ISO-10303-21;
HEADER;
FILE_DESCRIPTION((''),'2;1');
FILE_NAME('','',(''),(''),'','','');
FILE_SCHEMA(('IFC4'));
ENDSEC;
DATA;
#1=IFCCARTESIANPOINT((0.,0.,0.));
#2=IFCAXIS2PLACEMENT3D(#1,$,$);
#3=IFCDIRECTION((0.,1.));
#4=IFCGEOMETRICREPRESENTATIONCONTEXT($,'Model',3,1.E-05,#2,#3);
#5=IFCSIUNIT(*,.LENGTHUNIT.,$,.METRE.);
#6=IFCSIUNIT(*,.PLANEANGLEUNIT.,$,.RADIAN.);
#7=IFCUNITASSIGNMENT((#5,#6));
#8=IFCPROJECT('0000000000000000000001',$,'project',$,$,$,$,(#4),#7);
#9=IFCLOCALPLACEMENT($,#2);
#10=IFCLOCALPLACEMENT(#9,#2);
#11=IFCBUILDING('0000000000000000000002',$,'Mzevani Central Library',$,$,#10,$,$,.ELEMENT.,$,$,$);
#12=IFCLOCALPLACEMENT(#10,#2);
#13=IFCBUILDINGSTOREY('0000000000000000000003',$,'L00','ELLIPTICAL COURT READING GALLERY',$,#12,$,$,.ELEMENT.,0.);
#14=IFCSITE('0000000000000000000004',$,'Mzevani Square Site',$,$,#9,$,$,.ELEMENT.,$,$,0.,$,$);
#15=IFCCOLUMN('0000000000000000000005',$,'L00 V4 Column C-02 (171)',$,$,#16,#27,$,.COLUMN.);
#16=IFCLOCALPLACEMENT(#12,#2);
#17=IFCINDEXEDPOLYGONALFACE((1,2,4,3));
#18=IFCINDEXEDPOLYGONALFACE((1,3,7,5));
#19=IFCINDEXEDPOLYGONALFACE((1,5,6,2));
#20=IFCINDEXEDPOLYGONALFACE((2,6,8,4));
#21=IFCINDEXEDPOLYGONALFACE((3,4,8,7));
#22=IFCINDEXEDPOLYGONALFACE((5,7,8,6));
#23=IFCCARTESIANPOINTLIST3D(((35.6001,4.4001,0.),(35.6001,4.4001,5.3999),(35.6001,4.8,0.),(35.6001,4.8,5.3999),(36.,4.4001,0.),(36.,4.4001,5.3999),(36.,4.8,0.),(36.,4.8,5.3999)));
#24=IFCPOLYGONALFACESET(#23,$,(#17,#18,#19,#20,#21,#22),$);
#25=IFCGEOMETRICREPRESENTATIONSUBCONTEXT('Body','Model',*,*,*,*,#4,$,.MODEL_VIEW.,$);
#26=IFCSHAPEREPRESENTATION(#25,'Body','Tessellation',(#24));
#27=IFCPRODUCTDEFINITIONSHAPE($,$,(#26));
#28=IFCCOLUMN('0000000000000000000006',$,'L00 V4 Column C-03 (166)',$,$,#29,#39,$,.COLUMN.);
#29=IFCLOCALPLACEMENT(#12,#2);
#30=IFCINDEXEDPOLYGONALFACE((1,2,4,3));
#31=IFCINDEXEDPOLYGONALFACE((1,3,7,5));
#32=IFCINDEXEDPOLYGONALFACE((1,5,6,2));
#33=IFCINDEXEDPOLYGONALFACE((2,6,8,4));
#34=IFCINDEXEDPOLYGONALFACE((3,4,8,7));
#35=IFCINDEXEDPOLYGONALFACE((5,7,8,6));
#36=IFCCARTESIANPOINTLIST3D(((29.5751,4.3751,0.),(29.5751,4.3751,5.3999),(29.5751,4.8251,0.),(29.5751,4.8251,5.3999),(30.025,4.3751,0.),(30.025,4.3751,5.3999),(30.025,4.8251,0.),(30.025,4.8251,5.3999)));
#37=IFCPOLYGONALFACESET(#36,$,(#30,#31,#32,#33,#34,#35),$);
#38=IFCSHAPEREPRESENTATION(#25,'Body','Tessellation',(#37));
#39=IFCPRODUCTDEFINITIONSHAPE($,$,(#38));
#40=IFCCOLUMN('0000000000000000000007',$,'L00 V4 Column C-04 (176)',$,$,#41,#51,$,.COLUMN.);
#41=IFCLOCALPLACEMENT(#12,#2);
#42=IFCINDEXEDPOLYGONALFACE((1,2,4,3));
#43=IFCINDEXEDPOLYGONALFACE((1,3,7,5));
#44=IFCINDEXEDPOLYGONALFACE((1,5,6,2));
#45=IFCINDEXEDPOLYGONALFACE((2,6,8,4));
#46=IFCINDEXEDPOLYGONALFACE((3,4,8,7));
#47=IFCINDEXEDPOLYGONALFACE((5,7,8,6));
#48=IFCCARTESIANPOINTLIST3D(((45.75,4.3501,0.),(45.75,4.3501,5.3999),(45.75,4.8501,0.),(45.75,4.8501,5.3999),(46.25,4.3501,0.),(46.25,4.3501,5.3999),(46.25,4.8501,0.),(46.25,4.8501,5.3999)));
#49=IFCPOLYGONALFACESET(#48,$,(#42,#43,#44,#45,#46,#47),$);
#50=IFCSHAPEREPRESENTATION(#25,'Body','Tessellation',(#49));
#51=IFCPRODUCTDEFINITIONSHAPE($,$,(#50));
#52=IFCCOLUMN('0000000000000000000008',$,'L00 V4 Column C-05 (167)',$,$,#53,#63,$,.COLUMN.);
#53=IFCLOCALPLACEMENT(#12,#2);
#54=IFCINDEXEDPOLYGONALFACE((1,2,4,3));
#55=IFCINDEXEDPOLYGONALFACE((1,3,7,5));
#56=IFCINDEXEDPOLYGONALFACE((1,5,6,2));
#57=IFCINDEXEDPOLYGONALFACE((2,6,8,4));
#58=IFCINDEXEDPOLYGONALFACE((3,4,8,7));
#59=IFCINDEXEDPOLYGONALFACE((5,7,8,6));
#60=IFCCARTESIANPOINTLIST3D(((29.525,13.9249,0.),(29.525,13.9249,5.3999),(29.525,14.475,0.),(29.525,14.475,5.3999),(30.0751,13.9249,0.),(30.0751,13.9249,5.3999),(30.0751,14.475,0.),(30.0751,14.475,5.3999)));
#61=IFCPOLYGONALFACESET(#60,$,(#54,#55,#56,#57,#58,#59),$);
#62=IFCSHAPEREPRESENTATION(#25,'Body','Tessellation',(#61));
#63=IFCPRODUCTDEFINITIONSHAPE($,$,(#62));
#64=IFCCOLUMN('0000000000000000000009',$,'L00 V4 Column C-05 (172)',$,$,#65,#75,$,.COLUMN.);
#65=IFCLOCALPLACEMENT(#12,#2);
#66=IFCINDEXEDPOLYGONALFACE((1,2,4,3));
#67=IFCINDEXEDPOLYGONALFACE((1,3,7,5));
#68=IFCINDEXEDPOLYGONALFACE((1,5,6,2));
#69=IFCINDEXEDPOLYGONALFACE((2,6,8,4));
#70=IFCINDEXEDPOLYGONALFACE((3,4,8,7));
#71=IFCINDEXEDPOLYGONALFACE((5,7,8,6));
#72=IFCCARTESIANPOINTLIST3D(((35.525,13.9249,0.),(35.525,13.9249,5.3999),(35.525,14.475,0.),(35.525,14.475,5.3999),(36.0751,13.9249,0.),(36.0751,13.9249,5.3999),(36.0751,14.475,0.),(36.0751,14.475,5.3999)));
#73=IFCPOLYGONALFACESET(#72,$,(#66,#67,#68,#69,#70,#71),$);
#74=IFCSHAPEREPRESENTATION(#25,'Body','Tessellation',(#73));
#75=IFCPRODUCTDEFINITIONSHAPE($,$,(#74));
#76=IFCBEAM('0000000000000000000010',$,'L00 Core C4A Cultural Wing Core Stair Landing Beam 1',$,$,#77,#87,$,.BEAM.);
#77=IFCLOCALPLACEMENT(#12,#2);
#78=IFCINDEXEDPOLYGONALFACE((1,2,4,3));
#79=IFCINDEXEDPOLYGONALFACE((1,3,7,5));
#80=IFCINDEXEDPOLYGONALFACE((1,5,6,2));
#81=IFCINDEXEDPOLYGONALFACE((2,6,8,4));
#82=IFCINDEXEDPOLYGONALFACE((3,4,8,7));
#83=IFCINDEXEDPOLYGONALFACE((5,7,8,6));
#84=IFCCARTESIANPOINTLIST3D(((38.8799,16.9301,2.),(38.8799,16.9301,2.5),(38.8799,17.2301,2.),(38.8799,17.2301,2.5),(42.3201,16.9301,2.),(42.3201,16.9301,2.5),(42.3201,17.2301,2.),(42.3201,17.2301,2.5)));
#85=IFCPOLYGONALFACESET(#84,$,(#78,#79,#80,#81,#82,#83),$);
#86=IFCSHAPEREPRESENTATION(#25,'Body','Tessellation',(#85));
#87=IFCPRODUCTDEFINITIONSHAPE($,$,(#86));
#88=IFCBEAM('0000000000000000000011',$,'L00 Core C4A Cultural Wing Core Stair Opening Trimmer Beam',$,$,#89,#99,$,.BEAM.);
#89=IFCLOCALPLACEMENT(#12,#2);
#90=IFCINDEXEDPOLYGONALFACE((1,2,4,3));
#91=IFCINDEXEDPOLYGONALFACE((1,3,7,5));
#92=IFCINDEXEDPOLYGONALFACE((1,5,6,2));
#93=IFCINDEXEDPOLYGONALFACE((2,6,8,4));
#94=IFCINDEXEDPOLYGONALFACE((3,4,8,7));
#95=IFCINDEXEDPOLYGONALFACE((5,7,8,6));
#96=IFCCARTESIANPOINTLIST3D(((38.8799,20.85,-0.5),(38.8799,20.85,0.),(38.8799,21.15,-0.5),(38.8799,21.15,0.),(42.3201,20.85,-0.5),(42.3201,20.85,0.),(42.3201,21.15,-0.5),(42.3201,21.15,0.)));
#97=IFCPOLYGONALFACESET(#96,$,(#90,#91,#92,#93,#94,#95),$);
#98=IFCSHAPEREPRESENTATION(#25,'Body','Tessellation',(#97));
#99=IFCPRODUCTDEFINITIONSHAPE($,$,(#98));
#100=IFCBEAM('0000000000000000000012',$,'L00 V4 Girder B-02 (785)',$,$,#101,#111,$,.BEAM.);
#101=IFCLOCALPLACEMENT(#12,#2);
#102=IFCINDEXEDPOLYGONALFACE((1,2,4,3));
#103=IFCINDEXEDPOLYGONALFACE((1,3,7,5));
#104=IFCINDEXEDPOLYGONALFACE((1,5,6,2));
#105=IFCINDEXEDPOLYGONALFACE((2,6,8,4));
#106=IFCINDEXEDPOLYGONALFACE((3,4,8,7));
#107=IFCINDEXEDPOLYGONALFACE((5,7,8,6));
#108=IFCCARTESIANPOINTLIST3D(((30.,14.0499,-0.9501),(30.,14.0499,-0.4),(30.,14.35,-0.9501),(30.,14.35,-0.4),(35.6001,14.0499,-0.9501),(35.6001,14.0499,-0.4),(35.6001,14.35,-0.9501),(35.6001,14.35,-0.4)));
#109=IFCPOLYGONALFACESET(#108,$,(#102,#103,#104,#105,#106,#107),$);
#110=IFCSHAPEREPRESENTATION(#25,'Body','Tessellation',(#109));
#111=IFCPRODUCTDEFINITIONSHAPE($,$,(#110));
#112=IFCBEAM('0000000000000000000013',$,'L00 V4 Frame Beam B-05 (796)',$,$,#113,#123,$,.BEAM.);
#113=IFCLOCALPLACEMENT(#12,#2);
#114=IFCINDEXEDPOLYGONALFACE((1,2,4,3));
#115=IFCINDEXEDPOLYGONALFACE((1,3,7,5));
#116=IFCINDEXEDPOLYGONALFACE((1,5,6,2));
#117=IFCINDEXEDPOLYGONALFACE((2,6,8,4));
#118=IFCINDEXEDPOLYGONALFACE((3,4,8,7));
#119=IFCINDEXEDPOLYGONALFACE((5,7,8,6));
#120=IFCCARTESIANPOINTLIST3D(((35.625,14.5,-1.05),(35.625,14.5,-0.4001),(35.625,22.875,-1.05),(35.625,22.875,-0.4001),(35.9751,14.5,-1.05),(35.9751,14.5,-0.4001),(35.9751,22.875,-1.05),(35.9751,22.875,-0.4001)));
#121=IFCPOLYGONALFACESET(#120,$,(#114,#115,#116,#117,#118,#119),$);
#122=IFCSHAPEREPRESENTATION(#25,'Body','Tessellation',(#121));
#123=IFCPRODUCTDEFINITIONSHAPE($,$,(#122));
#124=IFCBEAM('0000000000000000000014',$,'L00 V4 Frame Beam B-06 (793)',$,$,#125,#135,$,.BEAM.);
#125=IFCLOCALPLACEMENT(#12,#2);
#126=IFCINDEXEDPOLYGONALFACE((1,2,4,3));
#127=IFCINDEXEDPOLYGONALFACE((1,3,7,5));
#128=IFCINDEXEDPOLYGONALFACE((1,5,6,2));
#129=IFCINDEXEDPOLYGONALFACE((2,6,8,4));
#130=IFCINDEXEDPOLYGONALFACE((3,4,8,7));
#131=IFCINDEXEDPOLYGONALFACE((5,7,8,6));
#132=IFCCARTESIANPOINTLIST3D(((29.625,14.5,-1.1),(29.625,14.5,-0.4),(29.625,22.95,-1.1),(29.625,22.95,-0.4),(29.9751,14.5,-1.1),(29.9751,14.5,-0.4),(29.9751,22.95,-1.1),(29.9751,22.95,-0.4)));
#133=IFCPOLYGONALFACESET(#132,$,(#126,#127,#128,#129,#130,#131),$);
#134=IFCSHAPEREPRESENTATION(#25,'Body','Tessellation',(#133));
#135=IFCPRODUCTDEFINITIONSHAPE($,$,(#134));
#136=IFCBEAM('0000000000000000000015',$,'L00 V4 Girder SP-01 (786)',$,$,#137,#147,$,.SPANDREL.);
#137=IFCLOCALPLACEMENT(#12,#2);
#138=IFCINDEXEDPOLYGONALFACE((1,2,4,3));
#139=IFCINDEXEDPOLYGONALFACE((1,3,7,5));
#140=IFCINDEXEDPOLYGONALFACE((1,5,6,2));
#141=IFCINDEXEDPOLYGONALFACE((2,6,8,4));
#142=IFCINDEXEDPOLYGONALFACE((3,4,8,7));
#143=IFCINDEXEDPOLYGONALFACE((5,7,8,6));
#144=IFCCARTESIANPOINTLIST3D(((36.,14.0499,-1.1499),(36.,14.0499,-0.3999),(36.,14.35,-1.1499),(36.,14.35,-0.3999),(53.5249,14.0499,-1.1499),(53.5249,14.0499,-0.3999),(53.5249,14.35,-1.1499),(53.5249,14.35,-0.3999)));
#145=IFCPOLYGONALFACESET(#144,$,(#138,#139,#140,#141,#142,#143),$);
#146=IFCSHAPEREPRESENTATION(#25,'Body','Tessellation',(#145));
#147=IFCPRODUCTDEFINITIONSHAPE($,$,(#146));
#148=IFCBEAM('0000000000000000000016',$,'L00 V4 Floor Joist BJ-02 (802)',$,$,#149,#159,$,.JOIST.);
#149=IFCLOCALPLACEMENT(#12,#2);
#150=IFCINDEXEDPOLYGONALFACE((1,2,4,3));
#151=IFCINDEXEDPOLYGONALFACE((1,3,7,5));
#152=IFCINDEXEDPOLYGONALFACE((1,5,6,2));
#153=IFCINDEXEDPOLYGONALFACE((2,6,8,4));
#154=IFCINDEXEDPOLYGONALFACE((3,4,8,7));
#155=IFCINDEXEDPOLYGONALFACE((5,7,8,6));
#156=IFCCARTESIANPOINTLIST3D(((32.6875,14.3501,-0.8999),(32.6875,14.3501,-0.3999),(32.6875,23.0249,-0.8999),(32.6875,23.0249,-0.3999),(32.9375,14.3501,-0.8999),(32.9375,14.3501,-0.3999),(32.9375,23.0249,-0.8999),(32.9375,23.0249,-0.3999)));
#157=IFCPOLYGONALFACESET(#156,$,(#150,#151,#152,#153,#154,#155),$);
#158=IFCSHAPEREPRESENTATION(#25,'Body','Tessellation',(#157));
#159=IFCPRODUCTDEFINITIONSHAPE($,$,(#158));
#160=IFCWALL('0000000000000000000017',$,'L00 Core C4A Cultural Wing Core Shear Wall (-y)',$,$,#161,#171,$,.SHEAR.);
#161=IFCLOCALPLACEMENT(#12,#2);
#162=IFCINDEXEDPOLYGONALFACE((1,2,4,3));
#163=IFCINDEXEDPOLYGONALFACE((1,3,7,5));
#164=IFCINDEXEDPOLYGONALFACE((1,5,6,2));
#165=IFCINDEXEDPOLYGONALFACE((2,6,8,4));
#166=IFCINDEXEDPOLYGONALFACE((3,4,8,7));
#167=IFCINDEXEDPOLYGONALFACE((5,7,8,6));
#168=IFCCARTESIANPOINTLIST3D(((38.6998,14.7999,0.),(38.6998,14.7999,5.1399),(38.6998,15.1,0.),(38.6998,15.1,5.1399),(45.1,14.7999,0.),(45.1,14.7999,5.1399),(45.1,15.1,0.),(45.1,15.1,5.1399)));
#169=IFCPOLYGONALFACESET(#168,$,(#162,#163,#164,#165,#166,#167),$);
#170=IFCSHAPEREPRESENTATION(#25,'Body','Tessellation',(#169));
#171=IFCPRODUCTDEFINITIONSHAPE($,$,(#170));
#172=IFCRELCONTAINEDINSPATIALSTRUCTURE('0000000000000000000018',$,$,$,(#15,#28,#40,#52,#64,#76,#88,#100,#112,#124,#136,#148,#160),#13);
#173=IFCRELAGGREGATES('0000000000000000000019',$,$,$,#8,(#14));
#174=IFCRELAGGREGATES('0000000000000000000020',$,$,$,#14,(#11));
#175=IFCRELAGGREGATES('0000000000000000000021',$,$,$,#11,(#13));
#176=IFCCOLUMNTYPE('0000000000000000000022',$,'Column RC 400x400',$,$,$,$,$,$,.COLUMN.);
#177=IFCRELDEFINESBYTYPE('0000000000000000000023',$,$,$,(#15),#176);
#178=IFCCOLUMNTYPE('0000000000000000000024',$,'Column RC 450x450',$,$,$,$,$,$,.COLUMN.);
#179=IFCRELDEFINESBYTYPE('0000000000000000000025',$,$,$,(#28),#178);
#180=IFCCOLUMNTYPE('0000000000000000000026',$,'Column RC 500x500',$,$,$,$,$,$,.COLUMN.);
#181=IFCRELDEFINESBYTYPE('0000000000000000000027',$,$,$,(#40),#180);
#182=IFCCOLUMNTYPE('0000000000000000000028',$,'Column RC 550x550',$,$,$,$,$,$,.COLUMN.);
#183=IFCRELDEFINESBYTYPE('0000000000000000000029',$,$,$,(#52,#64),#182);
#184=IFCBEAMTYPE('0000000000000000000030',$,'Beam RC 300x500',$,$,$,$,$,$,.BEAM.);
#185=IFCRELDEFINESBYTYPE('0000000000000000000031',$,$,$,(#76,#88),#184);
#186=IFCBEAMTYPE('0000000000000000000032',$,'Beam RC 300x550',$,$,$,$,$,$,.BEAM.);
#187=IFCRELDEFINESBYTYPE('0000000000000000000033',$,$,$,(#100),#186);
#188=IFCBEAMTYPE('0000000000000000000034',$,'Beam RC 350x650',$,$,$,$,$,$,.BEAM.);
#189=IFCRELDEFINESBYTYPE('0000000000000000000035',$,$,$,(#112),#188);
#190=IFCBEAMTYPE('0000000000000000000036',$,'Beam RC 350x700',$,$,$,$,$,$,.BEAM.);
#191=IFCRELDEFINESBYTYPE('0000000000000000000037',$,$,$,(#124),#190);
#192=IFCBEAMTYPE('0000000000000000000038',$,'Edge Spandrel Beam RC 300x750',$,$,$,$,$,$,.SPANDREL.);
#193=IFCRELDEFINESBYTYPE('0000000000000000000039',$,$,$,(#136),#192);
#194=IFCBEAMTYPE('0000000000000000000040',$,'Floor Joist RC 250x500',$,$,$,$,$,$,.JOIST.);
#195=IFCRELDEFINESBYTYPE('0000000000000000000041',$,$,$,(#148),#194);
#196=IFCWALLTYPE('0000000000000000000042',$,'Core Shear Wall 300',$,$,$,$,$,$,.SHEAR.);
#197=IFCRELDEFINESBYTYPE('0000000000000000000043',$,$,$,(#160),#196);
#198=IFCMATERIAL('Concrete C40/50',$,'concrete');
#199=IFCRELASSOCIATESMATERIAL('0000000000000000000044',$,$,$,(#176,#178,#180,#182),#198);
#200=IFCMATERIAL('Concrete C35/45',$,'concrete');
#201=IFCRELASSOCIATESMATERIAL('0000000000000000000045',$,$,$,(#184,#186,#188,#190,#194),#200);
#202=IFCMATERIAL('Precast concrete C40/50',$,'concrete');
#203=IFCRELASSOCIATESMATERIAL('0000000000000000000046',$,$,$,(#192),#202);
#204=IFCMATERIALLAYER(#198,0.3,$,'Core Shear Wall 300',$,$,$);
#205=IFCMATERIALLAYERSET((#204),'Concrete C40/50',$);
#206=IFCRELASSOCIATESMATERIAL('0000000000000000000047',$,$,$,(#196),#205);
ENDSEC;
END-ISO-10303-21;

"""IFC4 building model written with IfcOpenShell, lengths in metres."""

from ifc_helpers import new_model, si_unit, direction, frame, frame_2d, origin, origin_2d, place, context, subcontext, project, spatial, rectangle, extrude, material, layer, layer_set, material_profile, profile_set, type_object, element, save


model = new_model("IFC4")

# Units and contexts
model_context = context("Model", 3, precision=1e-05, world=origin(), true_north=direction((0.0, 1.0)))
body_context = subcontext(model_context, "Body", "Model", "MODEL_VIEW")
ifc_project = project(units=[si_unit("LENGTHUNIT", "METRE"), si_unit("PLANEANGLEUNIT", "RADIAN")], contexts=[model_context])

# Site, building, storey
site_placement = place(None, origin())
site = spatial("IfcSite", under=ifc_project, at=site_placement, Name="Mzevani Square Site", CompositionType="ELEMENT", RefElevation=0.0)
building_placement = place(site_placement, origin())
building = spatial("IfcBuilding", under=site, at=building_placement, Name="Mzevani Central Library", CompositionType="ELEMENT")
storey_placement = place(building_placement, origin())
storey = spatial("IfcBuildingStorey", under=building, at=storey_placement, Name="L00", Description="ELLIPTICAL COURT READING GALLERY", CompositionType="ELEMENT", Elevation=0.0)

# Columns
ifc_material_1 = material(Name="Concrete C40/50", Category="concrete")
ifc_material_profile_1 = material_profile(ifc_material_1, rectangle(XDim=0.3999, YDim=0.3999, at=origin_2d()), Name="RC 400x400")
ifc_profile_set_1 = profile_set([ifc_material_profile_1], Name="Concrete C40/50")
column_type_1 = type_object("IfcColumnType", Name="Column RC 400x400", PredefinedType="COLUMN", material=ifc_profile_set_1)
column_1_placement = place(storey_placement, frame((35.8, 4.6001, 0.0), z_axis=(0.0, 0.0, 1.0), x_axis=(1.0, 0.0, 0.0)))
element("IfcColumn", 1, at=column_1_placement, inside=storey, type_object=column_type_1, Name="L00 V4 Column C-02 (171)", PredefinedType="COLUMN", context=body_context, shape_type="SweptSolid", body=[
    extrude(rectangle(XDim=0.3999, YDim=0.3999, at=origin_2d()), origin(), (0.0, 0.0, 1.0), 5.3999),
])
ifc_material_profile_2 = material_profile(ifc_material_1, rectangle(XDim=0.45, YDim=0.45, at=origin_2d()), Name="RC 450x450")
ifc_profile_set_2 = profile_set([ifc_material_profile_2], Name="Concrete C40/50")
column_type_2 = type_object("IfcColumnType", Name="Column RC 450x450", PredefinedType="COLUMN", material=ifc_profile_set_2)
column_2_placement = place(storey_placement, frame((29.8, 4.6001, 0.0), z_axis=(0.0, 0.0, 1.0), x_axis=(1.0, 0.0, 0.0)))
element("IfcColumn", 2, at=column_2_placement, inside=storey, type_object=column_type_2, Name="L00 V4 Column C-03 (166)", PredefinedType="COLUMN", context=body_context, shape_type="SweptSolid", body=[
    extrude(rectangle(XDim=0.45, YDim=0.45, at=origin_2d()), origin(), (0.0, 0.0, 1.0), 5.3999),
])
ifc_material_profile_3 = material_profile(ifc_material_1, rectangle(XDim=0.5, YDim=0.5, at=origin_2d()), Name="RC 500x500")
ifc_profile_set_3 = profile_set([ifc_material_profile_3], Name="Concrete C40/50")
column_type_3 = type_object("IfcColumnType", Name="Column RC 500x500", PredefinedType="COLUMN", material=ifc_profile_set_3)
column_3_placement = place(storey_placement, frame((46.0, 4.6001, 0.0), z_axis=(0.0, 0.0, 1.0), x_axis=(1.0, 0.0, 0.0)))
element("IfcColumn", 3, at=column_3_placement, inside=storey, type_object=column_type_3, Name="L00 V4 Column C-04 (176)", PredefinedType="COLUMN", context=body_context, shape_type="SweptSolid", body=[
    extrude(rectangle(XDim=0.5, YDim=0.5, at=origin_2d()), origin(), (0.0, 0.0, 1.0), 5.3999),
])
ifc_material_profile_4 = material_profile(ifc_material_1, rectangle(XDim=0.55, YDim=0.55, at=origin_2d()), Name="RC 550x550")
ifc_profile_set_4 = profile_set([ifc_material_profile_4], Name="Concrete C40/50")
column_type_4 = type_object("IfcColumnType", Name="Column RC 550x550", PredefinedType="COLUMN", material=ifc_profile_set_4)
for number, where, z_axis, x_axis, name in (
    (4, (29.8, 14.2, 0.0), (0.0, 0.0, 1.0), (1.0, 0.0, 0.0), "L00 V4 Column C-05 (167)"),
    (5, (35.8, 14.2, 0.0), (0.0, 0.0, 1.0), (1.0, 0.0, 0.0), "L00 V4 Column C-05 (172)"),
):
    element("IfcColumn", number, at=place(storey_placement, frame(where, z_axis=z_axis, x_axis=x_axis)), inside=storey, type_object=column_type_4, Name=name, PredefinedType="COLUMN", context=body_context, shape_type="SweptSolid", body=[
        extrude(rectangle(XDim=0.55, YDim=0.55, at=origin_2d()), origin(), (0.0, 0.0, 1.0), 5.3999),
    ])

# Beams
ifc_material_2 = material(Name="Concrete C35/45", Category="concrete")
ifc_material_profile_5 = material_profile(ifc_material_2, rectangle(XDim=0.3, YDim=0.5, at=origin_2d()), Name="RC B300x500")
ifc_profile_set_5 = profile_set([ifc_material_profile_5], Name="Concrete C35/45")
beam_type_1 = type_object("IfcBeamType", Name="Beam RC 300x500", PredefinedType="BEAM", material=ifc_profile_set_5)
for number, where, z_axis, x_axis, name in (
    (6, (38.8799, 17.0801, 2.25), (1.0, 0.0, 0.0), (0.0, 1.0, 0.0), "L00 Core C4A Cultural Wing Core Stair Landing Beam 1"),
    (7, (38.8799, 21.0, -0.25), (1.0, 0.0, 0.0), (0.0, 1.0, 0.0), "L00 Core C4A Cultural Wing Core Stair Opening Trimmer Beam"),
):
    element("IfcBeam", number, at=place(storey_placement, frame(where, z_axis=z_axis, x_axis=x_axis)), inside=storey, type_object=beam_type_1, Name=name, PredefinedType="BEAM", context=body_context, shape_type="SweptSolid", body=[
        extrude(rectangle(XDim=0.3, YDim=0.5, at=origin_2d()), origin(), (0.0, 0.0, 1.0), 3.4402),
    ])
ifc_material_profile_6 = material_profile(ifc_material_2, rectangle(XDim=0.3, YDim=0.55, at=origin_2d()), Name="RC B300x550")
ifc_profile_set_6 = profile_set([ifc_material_profile_6], Name="Concrete C35/45")
beam_type_2 = type_object("IfcBeamType", Name="Beam RC 300x550", PredefinedType="BEAM", material=ifc_profile_set_6)
beam_1_placement = place(storey_placement, frame((30.0, 14.2, -0.675), z_axis=(1.0, 0.0, 0.0), x_axis=(0.0, 1.0, 0.0)))
element("IfcBeam", 8, at=beam_1_placement, inside=storey, type_object=beam_type_2, Name="L00 V4 Girder B-02 (785)", PredefinedType="BEAM", context=body_context, shape_type="SweptSolid", body=[
    extrude(rectangle(XDim=0.3, YDim=0.55, at=origin_2d()), origin(), (0.0, 0.0, 1.0), 5.6001),
])
ifc_material_profile_7 = material_profile(ifc_material_2, rectangle(XDim=0.3501, YDim=0.6499, at=origin_2d()), Name="RC B350x650")
ifc_profile_set_7 = profile_set([ifc_material_profile_7], Name="Concrete C35/45")
beam_type_3 = type_object("IfcBeamType", Name="Beam RC 350x650", PredefinedType="BEAM", material=ifc_profile_set_7)
beam_2_placement = place(storey_placement, frame((35.8, 14.5, -0.7251), z_axis=(0.0, 1.0, 0.0), x_axis=(-1.0, 0.0, 0.0)))
element("IfcBeam", 9, at=beam_2_placement, inside=storey, type_object=beam_type_3, Name="L00 V4 Frame Beam B-05 (796)", PredefinedType="BEAM", context=body_context, shape_type="SweptSolid", body=[
    extrude(rectangle(XDim=0.3501, YDim=0.6499, at=origin_2d()), origin(), (0.0, 0.0, 1.0), 8.375),
])
ifc_material_profile_8 = material_profile(ifc_material_2, rectangle(XDim=0.3501, YDim=0.7, at=origin_2d()), Name="RC B350x700")
ifc_profile_set_8 = profile_set([ifc_material_profile_8], Name="Concrete C35/45")
beam_type_4 = type_object("IfcBeamType", Name="Beam RC 350x700", PredefinedType="BEAM", material=ifc_profile_set_8)
beam_3_placement = place(storey_placement, frame((29.8, 14.5, -0.75), z_axis=(0.0, 1.0, 0.0), x_axis=(-1.0, 0.0, 0.0)))
element("IfcBeam", 10, at=beam_3_placement, inside=storey, type_object=beam_type_4, Name="L00 V4 Frame Beam B-06 (793)", PredefinedType="BEAM", context=body_context, shape_type="SweptSolid", body=[
    extrude(rectangle(XDim=0.3501, YDim=0.7, at=origin_2d()), origin(), (0.0, 0.0, 1.0), 8.45),
])
ifc_material_3 = material(Name="Precast concrete C40/50", Category="concrete")
ifc_material_profile_9 = material_profile(ifc_material_3, rectangle(XDim=0.3, YDim=0.75, at=origin_2d()), Name="RC SP300x750")
ifc_profile_set_9 = profile_set([ifc_material_profile_9], Name="Precast concrete C40/50")
beam_type_5 = type_object("IfcBeamType", Name="Edge Spandrel Beam RC 300x750", PredefinedType="SPANDREL", material=ifc_profile_set_9)
beam_4_placement = place(storey_placement, frame((36.0, 14.2, -0.7749), z_axis=(1.0, 0.0, 0.0), x_axis=(0.0, 1.0, 0.0)))
element("IfcBeam", 11, at=beam_4_placement, inside=storey, type_object=beam_type_5, Name="L00 V4 Girder SP-01 (786)", PredefinedType="SPANDREL", context=body_context, shape_type="SweptSolid", body=[
    extrude(rectangle(XDim=0.3, YDim=0.75, at=origin_2d()), origin(), (0.0, 0.0, 1.0), 17.5249),
])
ifc_material_profile_10 = material_profile(ifc_material_2, rectangle(XDim=0.25, YDim=0.5, at=origin_2d()), Name="RC J250x500")
ifc_profile_set_10 = profile_set([ifc_material_profile_10], Name="Concrete C35/45")
beam_type_6 = type_object("IfcBeamType", Name="Floor Joist RC 250x500", PredefinedType="JOIST", material=ifc_profile_set_10)
beam_5_placement = place(storey_placement, frame((32.8125, 14.3501, -0.6499), z_axis=(0.0, 1.0, 0.0), x_axis=(-1.0, 0.0, 0.0)))
element("IfcBeam", 12, at=beam_5_placement, inside=storey, type_object=beam_type_6, Name="L00 V4 Floor Joist BJ-02 (802)", PredefinedType="JOIST", context=body_context, shape_type="SweptSolid", body=[
    extrude(rectangle(XDim=0.25, YDim=0.5, at=origin_2d()), origin(), (0.0, 0.0, 1.0), 8.6748),
])

# Wall
ifc_layer_1 = layer(ifc_material_1, 0.3, Name="Core Shear Wall 300")
ifc_layer_set_1 = layer_set([ifc_layer_1], Name="Concrete C40/50")
wall_type_1 = type_object("IfcWallType", Name="Core Shear Wall 300", PredefinedType="SHEAR", material=ifc_layer_set_1)
wall_1_placement = place(storey_placement, frame((45.1001, 14.95, 0.0), z_axis=(0.0, 0.0, 1.0), x_axis=(-1.0, 0.0, 0.0)))
element("IfcWall", 13, at=wall_1_placement, inside=storey, type_object=wall_type_1, Name="L00 Core C4A Cultural Wing Core Shear Wall (-y)", PredefinedType="SHEAR", context=body_context, shape_type="SweptSolid", body=[
    extrude(rectangle(XDim=6.4001, YDim=0.3, at=frame_2d((3.2002, 0.0))), origin(), (0.0, 0.0, 1.0), 5.1399),
])

save(model, "model.ifc")
